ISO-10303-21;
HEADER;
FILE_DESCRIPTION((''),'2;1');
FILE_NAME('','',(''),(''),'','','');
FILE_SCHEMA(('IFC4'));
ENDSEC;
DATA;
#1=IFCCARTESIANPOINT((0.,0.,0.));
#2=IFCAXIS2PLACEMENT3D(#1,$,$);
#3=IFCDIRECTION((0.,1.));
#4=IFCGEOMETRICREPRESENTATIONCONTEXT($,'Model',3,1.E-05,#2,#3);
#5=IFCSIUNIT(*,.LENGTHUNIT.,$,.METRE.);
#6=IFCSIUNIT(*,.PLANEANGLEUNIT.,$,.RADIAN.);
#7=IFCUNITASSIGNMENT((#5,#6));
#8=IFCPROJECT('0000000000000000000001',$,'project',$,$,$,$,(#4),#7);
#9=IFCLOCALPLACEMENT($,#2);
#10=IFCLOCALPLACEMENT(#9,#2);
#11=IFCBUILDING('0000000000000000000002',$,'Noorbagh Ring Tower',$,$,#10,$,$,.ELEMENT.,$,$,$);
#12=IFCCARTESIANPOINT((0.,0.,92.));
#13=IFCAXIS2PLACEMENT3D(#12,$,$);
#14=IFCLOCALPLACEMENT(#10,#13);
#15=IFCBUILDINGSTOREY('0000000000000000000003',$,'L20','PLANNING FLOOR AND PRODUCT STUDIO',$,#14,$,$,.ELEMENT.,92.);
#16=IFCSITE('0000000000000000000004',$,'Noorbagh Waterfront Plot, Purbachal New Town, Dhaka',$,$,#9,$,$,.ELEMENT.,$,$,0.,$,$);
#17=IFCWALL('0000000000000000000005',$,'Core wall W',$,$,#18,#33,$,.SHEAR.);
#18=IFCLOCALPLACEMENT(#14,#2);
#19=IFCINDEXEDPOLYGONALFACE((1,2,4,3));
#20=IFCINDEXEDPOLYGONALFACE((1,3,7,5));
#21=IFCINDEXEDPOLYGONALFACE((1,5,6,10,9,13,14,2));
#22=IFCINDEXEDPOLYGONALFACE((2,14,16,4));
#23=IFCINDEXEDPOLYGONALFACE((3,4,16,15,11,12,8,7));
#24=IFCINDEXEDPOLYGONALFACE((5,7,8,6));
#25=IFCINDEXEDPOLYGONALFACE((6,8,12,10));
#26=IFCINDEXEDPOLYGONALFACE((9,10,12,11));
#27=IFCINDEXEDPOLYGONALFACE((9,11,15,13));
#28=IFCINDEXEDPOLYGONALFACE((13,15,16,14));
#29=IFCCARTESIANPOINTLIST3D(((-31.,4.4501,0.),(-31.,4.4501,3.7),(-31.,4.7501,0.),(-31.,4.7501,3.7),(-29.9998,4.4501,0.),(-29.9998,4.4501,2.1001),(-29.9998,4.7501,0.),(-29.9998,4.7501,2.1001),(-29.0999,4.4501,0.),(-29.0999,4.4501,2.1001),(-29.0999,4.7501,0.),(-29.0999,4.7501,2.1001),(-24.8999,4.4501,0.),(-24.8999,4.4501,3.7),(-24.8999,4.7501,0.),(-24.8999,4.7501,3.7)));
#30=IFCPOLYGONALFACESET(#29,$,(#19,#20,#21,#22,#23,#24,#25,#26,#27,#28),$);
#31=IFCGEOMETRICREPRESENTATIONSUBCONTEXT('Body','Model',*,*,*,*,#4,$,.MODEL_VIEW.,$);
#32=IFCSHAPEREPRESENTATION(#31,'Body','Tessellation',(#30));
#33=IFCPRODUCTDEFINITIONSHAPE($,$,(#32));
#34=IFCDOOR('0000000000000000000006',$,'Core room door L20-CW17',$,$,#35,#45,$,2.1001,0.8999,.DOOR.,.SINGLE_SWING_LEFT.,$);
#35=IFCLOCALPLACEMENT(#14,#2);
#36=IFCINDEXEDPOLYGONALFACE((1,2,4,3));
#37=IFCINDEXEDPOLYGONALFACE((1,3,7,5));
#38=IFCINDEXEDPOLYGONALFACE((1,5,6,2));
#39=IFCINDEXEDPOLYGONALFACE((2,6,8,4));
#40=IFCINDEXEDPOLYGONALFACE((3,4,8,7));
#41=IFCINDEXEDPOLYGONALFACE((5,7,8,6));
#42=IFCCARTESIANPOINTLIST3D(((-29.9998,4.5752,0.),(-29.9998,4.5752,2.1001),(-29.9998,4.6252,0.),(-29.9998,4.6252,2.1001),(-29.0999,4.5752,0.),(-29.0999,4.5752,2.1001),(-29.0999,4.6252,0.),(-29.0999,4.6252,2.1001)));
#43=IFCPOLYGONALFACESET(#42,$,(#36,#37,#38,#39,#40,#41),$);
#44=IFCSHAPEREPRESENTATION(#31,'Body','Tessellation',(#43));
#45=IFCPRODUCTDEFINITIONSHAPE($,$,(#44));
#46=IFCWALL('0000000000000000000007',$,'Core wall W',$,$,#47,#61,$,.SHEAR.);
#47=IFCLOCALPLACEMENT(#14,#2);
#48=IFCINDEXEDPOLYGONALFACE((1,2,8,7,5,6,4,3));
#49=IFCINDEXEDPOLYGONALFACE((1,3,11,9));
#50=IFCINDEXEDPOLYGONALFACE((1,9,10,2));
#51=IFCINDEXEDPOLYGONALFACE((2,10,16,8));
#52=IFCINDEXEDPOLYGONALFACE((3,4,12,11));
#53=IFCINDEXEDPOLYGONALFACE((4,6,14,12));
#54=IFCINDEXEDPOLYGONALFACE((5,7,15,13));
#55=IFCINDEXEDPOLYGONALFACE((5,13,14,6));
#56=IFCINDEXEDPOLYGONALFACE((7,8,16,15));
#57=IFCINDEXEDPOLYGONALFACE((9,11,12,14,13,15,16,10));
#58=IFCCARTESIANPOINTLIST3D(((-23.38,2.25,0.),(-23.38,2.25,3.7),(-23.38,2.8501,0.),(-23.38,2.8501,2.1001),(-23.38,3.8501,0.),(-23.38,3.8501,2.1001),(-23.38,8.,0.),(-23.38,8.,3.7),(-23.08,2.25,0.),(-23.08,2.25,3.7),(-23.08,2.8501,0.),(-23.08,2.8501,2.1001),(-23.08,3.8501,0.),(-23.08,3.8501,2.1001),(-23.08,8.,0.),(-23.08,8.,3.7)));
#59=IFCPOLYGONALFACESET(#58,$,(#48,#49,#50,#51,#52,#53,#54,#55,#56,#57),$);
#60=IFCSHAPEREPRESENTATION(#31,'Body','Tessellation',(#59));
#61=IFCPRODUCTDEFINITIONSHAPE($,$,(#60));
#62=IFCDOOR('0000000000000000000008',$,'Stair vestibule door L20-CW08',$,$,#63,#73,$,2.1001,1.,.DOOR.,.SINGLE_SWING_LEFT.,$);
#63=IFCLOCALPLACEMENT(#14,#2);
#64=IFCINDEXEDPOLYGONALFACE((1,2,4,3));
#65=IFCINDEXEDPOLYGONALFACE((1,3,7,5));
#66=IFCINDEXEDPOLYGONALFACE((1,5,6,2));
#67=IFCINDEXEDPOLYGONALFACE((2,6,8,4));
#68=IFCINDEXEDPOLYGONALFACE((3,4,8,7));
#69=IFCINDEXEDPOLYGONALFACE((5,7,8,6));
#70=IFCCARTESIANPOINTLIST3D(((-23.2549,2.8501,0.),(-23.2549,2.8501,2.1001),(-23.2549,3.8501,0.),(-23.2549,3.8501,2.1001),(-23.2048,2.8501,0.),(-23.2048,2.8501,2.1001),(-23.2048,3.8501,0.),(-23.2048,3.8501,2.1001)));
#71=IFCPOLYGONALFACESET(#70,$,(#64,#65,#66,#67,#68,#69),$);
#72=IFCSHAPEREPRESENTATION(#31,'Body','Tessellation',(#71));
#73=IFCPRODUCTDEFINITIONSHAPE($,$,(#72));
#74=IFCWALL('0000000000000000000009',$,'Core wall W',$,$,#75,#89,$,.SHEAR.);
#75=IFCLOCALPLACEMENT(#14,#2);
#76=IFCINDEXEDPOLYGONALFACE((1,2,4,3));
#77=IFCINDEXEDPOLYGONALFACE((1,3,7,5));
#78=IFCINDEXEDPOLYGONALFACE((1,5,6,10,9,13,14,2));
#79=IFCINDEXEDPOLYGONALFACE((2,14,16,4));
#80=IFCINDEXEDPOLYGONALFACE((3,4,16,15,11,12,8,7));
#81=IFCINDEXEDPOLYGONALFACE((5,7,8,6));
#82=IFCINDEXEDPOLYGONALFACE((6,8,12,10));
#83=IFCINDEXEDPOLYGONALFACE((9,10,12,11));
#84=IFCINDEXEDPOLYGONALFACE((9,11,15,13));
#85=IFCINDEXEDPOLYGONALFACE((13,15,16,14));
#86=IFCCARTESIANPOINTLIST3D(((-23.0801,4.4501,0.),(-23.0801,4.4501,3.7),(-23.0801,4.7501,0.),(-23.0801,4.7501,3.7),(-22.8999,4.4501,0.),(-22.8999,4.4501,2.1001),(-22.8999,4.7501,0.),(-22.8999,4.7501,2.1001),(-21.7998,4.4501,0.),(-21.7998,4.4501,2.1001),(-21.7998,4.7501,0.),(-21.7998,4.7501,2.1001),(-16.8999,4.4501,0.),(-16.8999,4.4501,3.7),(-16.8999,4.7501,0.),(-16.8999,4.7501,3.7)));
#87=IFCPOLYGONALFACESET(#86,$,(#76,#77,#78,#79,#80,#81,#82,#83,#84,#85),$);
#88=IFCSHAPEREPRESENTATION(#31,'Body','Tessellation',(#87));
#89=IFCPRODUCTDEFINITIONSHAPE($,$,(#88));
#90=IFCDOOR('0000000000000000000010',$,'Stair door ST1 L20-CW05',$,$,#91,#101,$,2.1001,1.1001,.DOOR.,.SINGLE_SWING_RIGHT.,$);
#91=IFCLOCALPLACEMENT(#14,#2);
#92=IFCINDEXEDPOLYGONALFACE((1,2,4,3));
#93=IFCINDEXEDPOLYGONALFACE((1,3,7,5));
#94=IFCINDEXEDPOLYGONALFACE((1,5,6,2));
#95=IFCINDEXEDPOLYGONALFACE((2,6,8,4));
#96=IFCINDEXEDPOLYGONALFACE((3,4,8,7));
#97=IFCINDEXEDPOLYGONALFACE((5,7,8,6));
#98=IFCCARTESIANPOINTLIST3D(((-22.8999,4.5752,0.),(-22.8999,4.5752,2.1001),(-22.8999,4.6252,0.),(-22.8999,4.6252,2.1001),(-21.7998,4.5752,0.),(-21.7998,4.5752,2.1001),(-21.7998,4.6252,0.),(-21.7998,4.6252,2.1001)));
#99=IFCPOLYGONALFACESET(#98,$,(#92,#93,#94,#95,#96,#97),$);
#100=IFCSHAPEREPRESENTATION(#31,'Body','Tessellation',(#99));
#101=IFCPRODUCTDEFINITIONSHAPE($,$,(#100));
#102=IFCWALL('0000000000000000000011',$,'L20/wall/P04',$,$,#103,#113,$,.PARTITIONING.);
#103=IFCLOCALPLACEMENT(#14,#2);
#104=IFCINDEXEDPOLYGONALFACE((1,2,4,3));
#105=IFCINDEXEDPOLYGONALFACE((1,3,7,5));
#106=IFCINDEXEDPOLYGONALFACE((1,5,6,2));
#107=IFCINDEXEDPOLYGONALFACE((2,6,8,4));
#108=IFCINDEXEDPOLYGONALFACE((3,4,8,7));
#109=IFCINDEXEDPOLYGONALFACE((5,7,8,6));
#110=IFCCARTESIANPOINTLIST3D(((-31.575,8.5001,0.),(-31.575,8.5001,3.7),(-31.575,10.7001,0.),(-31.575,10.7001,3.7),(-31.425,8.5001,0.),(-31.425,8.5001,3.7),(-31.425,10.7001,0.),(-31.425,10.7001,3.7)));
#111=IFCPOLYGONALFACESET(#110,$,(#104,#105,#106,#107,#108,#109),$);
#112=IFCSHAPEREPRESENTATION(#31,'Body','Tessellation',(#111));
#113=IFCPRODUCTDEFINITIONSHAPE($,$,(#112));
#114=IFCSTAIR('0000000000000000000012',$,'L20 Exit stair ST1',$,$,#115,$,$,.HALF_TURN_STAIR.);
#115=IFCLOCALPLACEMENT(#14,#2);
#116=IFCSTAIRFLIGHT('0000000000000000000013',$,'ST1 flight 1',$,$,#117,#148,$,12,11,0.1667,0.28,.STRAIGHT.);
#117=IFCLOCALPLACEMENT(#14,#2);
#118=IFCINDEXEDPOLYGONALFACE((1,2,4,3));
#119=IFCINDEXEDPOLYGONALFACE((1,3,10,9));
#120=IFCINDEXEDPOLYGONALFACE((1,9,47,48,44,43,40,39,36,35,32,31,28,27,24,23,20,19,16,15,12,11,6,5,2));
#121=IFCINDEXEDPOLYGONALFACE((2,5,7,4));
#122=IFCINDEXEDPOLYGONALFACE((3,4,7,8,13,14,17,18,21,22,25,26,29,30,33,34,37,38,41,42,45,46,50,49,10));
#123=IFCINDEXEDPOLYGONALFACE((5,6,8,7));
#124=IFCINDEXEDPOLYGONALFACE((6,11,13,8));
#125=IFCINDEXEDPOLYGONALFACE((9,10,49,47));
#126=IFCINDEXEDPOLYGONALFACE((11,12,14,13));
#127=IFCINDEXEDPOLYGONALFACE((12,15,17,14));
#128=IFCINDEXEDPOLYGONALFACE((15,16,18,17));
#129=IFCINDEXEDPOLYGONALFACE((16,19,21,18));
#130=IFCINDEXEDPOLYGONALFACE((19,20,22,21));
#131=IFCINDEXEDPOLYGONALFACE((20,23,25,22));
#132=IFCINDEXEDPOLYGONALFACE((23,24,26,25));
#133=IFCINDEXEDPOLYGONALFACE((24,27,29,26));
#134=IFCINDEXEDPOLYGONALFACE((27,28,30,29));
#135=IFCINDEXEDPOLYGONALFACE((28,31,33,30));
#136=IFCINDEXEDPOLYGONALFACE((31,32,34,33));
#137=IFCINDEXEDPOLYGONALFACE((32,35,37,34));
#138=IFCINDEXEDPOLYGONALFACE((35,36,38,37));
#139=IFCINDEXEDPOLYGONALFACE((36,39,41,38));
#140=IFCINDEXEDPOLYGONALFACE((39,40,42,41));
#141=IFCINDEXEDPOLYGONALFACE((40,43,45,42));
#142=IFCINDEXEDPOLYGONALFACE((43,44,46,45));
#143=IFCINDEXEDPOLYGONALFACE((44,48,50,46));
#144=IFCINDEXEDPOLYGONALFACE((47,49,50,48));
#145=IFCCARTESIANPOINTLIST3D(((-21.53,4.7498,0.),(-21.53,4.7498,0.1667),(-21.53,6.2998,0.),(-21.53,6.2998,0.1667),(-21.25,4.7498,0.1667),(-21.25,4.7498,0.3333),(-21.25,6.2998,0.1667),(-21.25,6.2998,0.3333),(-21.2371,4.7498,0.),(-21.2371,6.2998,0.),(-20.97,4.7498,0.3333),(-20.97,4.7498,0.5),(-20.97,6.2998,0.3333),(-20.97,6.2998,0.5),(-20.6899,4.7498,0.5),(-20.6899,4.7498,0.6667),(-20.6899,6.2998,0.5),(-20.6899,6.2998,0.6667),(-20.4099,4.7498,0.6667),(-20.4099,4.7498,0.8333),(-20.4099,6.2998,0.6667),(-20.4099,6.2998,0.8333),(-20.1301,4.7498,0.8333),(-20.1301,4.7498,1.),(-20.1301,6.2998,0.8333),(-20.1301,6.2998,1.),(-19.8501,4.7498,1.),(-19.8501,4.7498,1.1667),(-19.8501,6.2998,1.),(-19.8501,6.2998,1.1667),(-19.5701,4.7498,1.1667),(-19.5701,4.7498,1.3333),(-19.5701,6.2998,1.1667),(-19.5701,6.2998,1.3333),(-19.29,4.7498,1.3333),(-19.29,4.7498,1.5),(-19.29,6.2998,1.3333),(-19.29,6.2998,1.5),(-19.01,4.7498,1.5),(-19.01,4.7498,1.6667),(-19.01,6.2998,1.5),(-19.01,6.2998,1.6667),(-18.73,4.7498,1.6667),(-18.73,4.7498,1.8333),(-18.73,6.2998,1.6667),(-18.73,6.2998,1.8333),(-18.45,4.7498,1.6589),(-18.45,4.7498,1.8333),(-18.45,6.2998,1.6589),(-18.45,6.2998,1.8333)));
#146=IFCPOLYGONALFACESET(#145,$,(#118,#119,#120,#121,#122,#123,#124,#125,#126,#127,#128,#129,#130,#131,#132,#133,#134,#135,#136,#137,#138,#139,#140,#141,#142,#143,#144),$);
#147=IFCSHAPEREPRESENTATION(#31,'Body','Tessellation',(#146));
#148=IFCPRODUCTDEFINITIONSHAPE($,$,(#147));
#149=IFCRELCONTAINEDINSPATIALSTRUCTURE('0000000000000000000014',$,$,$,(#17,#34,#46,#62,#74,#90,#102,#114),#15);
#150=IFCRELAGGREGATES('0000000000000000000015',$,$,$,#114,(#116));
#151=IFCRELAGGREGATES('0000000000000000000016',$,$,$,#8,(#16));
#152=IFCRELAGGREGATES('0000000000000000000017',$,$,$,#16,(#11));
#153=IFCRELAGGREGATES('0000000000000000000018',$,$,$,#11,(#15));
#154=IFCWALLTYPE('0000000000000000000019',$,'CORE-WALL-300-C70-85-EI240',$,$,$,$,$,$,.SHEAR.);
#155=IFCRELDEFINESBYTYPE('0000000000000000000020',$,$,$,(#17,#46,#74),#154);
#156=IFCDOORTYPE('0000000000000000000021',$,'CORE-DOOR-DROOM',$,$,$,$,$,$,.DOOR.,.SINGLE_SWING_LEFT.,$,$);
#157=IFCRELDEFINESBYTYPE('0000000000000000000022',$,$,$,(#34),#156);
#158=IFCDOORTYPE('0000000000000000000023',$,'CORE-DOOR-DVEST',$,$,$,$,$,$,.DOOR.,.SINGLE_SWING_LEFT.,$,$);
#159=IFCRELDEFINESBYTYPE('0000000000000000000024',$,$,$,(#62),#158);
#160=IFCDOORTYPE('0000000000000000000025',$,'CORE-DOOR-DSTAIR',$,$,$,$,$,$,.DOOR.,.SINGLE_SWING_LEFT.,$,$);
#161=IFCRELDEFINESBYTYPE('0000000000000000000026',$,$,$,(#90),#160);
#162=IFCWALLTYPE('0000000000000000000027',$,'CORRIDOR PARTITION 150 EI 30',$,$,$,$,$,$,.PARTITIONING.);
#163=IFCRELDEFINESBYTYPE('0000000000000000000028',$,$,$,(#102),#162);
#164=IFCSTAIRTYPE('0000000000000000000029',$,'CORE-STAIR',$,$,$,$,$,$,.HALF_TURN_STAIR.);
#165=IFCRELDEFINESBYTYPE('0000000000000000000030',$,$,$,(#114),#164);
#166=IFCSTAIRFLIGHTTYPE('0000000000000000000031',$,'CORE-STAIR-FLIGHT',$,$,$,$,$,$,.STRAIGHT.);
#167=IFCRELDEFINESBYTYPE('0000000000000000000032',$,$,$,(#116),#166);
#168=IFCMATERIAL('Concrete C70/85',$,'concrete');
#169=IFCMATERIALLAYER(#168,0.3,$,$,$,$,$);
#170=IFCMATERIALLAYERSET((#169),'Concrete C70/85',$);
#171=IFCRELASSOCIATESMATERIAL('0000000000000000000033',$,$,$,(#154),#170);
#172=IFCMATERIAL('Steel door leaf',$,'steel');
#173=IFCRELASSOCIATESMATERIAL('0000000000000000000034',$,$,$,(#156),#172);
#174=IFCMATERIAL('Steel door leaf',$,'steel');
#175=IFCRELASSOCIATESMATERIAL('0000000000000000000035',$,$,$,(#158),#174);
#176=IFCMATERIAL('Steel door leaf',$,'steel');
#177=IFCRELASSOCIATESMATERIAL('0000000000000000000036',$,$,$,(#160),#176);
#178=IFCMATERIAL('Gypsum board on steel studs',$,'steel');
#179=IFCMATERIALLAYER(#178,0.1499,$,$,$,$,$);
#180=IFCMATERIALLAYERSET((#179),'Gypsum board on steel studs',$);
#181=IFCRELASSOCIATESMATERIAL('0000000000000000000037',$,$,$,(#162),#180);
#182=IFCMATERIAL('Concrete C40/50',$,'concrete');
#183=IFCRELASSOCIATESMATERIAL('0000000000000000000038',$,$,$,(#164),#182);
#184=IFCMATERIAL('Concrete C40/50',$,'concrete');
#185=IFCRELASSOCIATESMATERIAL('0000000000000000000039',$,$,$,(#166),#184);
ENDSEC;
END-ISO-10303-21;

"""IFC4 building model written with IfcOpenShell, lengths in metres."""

from ifc_helpers import new_model, si_unit, direction, frame, frame_2d, origin, place, context, subcontext, project, spatial, polyline, rectangle, outline, extrude, material, layer, layer_set, type_object, element, fill, aggregate, save


model = new_model("IFC4")

# Units and contexts
model_context = context("Model", 3, precision=1e-05, world=origin(), true_north=direction((0.0, 1.0)))
body_context = subcontext(model_context, "Body", "Model", "MODEL_VIEW")
ifc_project = project(units=[si_unit("LENGTHUNIT", "METRE"), si_unit("PLANEANGLEUNIT", "RADIAN")], contexts=[model_context])

# Site, building, storey
site_placement = place(None, origin())
site = spatial("IfcSite", under=ifc_project, at=site_placement, Name="Noorbagh Waterfront Plot, Purbachal New Town, Dhaka", CompositionType="ELEMENT", RefElevation=0.0)
building_placement = place(site_placement, origin())
building = spatial("IfcBuilding", under=site, at=building_placement, Name="Noorbagh Ring Tower", CompositionType="ELEMENT")
storey_placement = place(building_placement, frame((0.0, 0.0, 92.0)))
storey = spatial("IfcBuildingStorey", under=building, at=storey_placement, Name="L20", Description="PLANNING FLOOR AND PRODUCT STUDIO", CompositionType="ELEMENT", Elevation=92.0)

# Walls, openings, doors
ifc_material_1 = material(Name="Concrete C70/85", Category="concrete")
ifc_layer_1 = layer(ifc_material_1, 0.3)
ifc_layer_set_1 = layer_set([ifc_layer_1], Name="Concrete C70/85")
wall_type_1 = type_object("IfcWallType", Name="CORE-WALL-300-C70-85-EI240", PredefinedType="SHEAR", material=ifc_layer_set_1)
wall_1_placement = place(storey_placement, frame((-24.8999, 4.6001, 0.0), z_axis=(0.0, 0.0, 1.0), x_axis=(-1.0, 0.0, 0.0)))
wall_1 = element("IfcWall", 1, at=wall_1_placement, inside=storey, type_object=wall_type_1, Name="Core wall W", PredefinedType="SHEAR", context=body_context, shape_type="SweptSolid", body=[
    extrude(rectangle(XDim=6.1001, YDim=0.3, at=frame_2d((3.05, 0.0))), origin(), (0.0, 0.0, 1.0), 3.7),
])
opening_1_placement = place(wall_1_placement, frame((4.2, 0.0, 0.0)))
opening_1 = element("IfcOpeningElement", 2, at=opening_1_placement, cuts=wall_1, PredefinedType="OPENING", context=body_context, shape_type="SweptSolid", body=[
    extrude(rectangle(XDim=0.8999, YDim=2.1001, at=frame_2d((0.45, 1.05))), frame((0.0, 0.1602, 0.0), z_axis=(0.0, -1.0, 0.0), x_axis=(1.0, 0.0, 0.0)), (0.0, 0.0, 1.0), 0.3201),
])
ifc_material_2 = material(Name="Steel door leaf", Category="steel")
door_type_1 = type_object("IfcDoorType", Name="CORE-DOOR-DROOM", OperationType="SINGLE_SWING_LEFT", PredefinedType="DOOR", material=ifc_material_2)
door_1_placement = place(opening_1_placement, origin())
door_1 = element("IfcDoor", 3, at=door_1_placement, inside=storey, type_object=door_type_1, Name="Core room door L20-CW17", OperationType="SINGLE_SWING_LEFT", OverallHeight=2.1001, OverallWidth=0.8999, PredefinedType="DOOR", context=body_context, shape_type="SweptSolid", body=[
    extrude(rectangle(XDim=0.8999, YDim=2.1001, at=frame_2d((0.45, 1.05))), frame((0.0, 0.0249, 0.0), z_axis=(0.0, -1.0, 0.0), x_axis=(1.0, 0.0, 0.0)), (0.0, 0.0, 1.0), 0.05),
])
fill(opening_1, door_1)
wall_2_placement = place(storey_placement, frame((-23.23, 2.25, 0.0), z_axis=(0.0, 0.0, 1.0), x_axis=(0.0, 1.0, 0.0)))
wall_2 = element("IfcWall", 4, at=wall_2_placement, inside=storey, type_object=wall_type_1, Name="Core wall W", PredefinedType="SHEAR", context=body_context, shape_type="SweptSolid", body=[
    extrude(rectangle(XDim=5.75, YDim=0.3, at=frame_2d((2.875, 0.0))), origin(), (0.0, 0.0, 1.0), 3.7),
])
opening_2_placement = place(wall_2_placement, frame((0.6001, 0.0, 0.0)))
opening_2 = element("IfcOpeningElement", 5, at=opening_2_placement, cuts=wall_2, PredefinedType="OPENING", context=body_context, shape_type="SweptSolid", body=[
    extrude(rectangle(XDim=1.0, YDim=2.1001, at=frame_2d((0.5, 1.05))), frame((0.0, 0.1602, 0.0), z_axis=(0.0, -1.0, 0.0), x_axis=(1.0, 0.0, 0.0)), (0.0, 0.0, 1.0), 0.3201),
])
ifc_material_3 = material(Name="Steel door leaf", Category="steel")
door_type_2 = type_object("IfcDoorType", Name="CORE-DOOR-DVEST", OperationType="SINGLE_SWING_LEFT", PredefinedType="DOOR", material=ifc_material_3)
door_2_placement = place(opening_2_placement, origin())
door_2 = element("IfcDoor", 6, at=door_2_placement, inside=storey, type_object=door_type_2, Name="Stair vestibule door L20-CW08", OperationType="SINGLE_SWING_LEFT", OverallHeight=2.1001, OverallWidth=1.0, PredefinedType="DOOR", context=body_context, shape_type="SweptSolid", body=[
    extrude(rectangle(XDim=1.0, YDim=2.1001, at=frame_2d((0.5, 1.05))), frame((0.0, 0.0249, 0.0), z_axis=(0.0, -1.0, 0.0), x_axis=(1.0, 0.0, 0.0)), (0.0, 0.0, 1.0), 0.05),
])
fill(opening_2, door_2)
wall_3_placement = place(storey_placement, frame((-16.8999, 4.6001, 0.0), z_axis=(0.0, 0.0, 1.0), x_axis=(-1.0, 0.0, 0.0)))
wall_3 = element("IfcWall", 7, at=wall_3_placement, inside=storey, type_object=wall_type_1, Name="Core wall W", PredefinedType="SHEAR", context=body_context, shape_type="SweptSolid", body=[
    extrude(rectangle(XDim=6.1802, YDim=0.3, at=frame_2d((3.0901, 0.0))), origin(), (0.0, 0.0, 1.0), 3.7),
])
opening_3_placement = place(wall_3_placement, frame((4.8999, 0.0, 0.0)))
opening_3 = element("IfcOpeningElement", 8, at=opening_3_placement, cuts=wall_3, PredefinedType="OPENING", context=body_context, shape_type="SweptSolid", body=[
    extrude(rectangle(XDim=1.1001, YDim=2.1001, at=frame_2d((0.55, 1.05))), frame((0.0, 0.1602, 0.0), z_axis=(0.0, -1.0, 0.0), x_axis=(1.0, 0.0, 0.0)), (0.0, 0.0, 1.0), 0.3201),
])
ifc_material_4 = material(Name="Steel door leaf", Category="steel")
door_type_3 = type_object("IfcDoorType", Name="CORE-DOOR-DSTAIR", OperationType="SINGLE_SWING_LEFT", PredefinedType="DOOR", material=ifc_material_4)
door_3_placement = place(opening_3_placement, origin())
door_3 = element("IfcDoor", 9, at=door_3_placement, inside=storey, type_object=door_type_3, Name="Stair door ST1 L20-CW05", OperationType="SINGLE_SWING_RIGHT", OverallHeight=2.1001, OverallWidth=1.1001, PredefinedType="DOOR", context=body_context, shape_type="SweptSolid", body=[
    extrude(rectangle(XDim=1.1001, YDim=2.1001, at=frame_2d((0.55, 1.05))), frame((0.0, 0.0249, 0.0), z_axis=(0.0, -1.0, 0.0), x_axis=(1.0, 0.0, 0.0)), (0.0, 0.0, 1.0), 0.05),
])
fill(opening_3, door_3)

# Wall
ifc_material_5 = material(Name="Gypsum board on steel studs", Category="steel")
ifc_layer_2 = layer(ifc_material_5, 0.1499)
ifc_layer_set_2 = layer_set([ifc_layer_2], Name="Gypsum board on steel studs")
wall_type_2 = type_object("IfcWallType", Name="CORRIDOR PARTITION 150 EI 30", PredefinedType="PARTITIONING", material=ifc_layer_set_2)
wall_4_placement = place(storey_placement, frame((-31.5, 8.5, 0.0), z_axis=(0.0, 0.0, 1.0), x_axis=(0.0, 1.0, 0.0)))
element("IfcWall", 10, at=wall_4_placement, inside=storey, type_object=wall_type_2, Name="L20/wall/P04", PredefinedType="PARTITIONING", context=body_context, shape_type="SweptSolid", body=[
    extrude(rectangle(XDim=2.2, YDim=0.1499, at=frame_2d((1.1001, 0.0))), origin(), (0.0, 0.0, 1.0), 3.7),
])

# Stair, stair flight
ifc_material_6 = material(Name="Concrete C40/50", Category="concrete")
stair_type = type_object("IfcStairType", Name="CORE-STAIR", PredefinedType="HALF_TURN_STAIR", material=ifc_material_6)
stair_placement = place(storey_placement, origin())
stair = element("IfcStair", 11, at=stair_placement, inside=storey, type_object=stair_type, Name="L20 Exit stair ST1", PredefinedType="HALF_TURN_STAIR")
ifc_material_7 = material(Name="Concrete C40/50", Category="concrete")
stair_flight_type = type_object("IfcStairFlightType", Name="CORE-STAIR-FLIGHT", PredefinedType="STRAIGHT", material=ifc_material_7)
stair_flight_1_placement = place(storey_placement, frame((-21.53, 5.5249, 0.0), z_axis=(0.0, 0.0, 1.0), x_axis=(1.0, 0.0, 0.0)))
stair_flight_1 = element("IfcStairFlight", 12, at=stair_flight_1_placement, type_object=stair_flight_type, Name="ST1 flight 1", NumberOfRisers=12, NumberOfTreads=11, PredefinedType="STRAIGHT", RiserHeight=0.1667, TreadLength=0.28, context=body_context, shape_type="SweptSolid", body=[
    extrude(outline(polyline([(0.0, 0.0), (0.0, 0.1667), (0.28, 0.1667), (0.28, 0.3333), (0.5601, 0.3333), (0.5601, 0.5), (0.8401, 0.5), (0.8401, 0.6667), (1.1201, 0.6667), (1.1201, 0.8333), (1.3999, 0.8333), (1.3999, 1.0), (1.6799, 1.0), (1.6799, 1.1667), (1.96, 1.1667), (1.96, 1.3333), (2.24, 1.3333), (2.24, 1.5), (2.52, 1.5), (2.52, 1.6667), (2.8, 1.6667), (2.8, 1.8333), (3.0801, 1.8333), (3.0801, 2.0), (3.0801, 1.6589), (0.293, 0.0), (0.0, 0.0)])), frame((0.0, 0.7749, 0.0), z_axis=(0.0, -1.0, 0.0), x_axis=(1.0, 0.0, 0.0)), (0.0, 0.0, 1.0), 1.55),
])
aggregate(stair, [stair_flight_1])

save(model, "model.ifc")
